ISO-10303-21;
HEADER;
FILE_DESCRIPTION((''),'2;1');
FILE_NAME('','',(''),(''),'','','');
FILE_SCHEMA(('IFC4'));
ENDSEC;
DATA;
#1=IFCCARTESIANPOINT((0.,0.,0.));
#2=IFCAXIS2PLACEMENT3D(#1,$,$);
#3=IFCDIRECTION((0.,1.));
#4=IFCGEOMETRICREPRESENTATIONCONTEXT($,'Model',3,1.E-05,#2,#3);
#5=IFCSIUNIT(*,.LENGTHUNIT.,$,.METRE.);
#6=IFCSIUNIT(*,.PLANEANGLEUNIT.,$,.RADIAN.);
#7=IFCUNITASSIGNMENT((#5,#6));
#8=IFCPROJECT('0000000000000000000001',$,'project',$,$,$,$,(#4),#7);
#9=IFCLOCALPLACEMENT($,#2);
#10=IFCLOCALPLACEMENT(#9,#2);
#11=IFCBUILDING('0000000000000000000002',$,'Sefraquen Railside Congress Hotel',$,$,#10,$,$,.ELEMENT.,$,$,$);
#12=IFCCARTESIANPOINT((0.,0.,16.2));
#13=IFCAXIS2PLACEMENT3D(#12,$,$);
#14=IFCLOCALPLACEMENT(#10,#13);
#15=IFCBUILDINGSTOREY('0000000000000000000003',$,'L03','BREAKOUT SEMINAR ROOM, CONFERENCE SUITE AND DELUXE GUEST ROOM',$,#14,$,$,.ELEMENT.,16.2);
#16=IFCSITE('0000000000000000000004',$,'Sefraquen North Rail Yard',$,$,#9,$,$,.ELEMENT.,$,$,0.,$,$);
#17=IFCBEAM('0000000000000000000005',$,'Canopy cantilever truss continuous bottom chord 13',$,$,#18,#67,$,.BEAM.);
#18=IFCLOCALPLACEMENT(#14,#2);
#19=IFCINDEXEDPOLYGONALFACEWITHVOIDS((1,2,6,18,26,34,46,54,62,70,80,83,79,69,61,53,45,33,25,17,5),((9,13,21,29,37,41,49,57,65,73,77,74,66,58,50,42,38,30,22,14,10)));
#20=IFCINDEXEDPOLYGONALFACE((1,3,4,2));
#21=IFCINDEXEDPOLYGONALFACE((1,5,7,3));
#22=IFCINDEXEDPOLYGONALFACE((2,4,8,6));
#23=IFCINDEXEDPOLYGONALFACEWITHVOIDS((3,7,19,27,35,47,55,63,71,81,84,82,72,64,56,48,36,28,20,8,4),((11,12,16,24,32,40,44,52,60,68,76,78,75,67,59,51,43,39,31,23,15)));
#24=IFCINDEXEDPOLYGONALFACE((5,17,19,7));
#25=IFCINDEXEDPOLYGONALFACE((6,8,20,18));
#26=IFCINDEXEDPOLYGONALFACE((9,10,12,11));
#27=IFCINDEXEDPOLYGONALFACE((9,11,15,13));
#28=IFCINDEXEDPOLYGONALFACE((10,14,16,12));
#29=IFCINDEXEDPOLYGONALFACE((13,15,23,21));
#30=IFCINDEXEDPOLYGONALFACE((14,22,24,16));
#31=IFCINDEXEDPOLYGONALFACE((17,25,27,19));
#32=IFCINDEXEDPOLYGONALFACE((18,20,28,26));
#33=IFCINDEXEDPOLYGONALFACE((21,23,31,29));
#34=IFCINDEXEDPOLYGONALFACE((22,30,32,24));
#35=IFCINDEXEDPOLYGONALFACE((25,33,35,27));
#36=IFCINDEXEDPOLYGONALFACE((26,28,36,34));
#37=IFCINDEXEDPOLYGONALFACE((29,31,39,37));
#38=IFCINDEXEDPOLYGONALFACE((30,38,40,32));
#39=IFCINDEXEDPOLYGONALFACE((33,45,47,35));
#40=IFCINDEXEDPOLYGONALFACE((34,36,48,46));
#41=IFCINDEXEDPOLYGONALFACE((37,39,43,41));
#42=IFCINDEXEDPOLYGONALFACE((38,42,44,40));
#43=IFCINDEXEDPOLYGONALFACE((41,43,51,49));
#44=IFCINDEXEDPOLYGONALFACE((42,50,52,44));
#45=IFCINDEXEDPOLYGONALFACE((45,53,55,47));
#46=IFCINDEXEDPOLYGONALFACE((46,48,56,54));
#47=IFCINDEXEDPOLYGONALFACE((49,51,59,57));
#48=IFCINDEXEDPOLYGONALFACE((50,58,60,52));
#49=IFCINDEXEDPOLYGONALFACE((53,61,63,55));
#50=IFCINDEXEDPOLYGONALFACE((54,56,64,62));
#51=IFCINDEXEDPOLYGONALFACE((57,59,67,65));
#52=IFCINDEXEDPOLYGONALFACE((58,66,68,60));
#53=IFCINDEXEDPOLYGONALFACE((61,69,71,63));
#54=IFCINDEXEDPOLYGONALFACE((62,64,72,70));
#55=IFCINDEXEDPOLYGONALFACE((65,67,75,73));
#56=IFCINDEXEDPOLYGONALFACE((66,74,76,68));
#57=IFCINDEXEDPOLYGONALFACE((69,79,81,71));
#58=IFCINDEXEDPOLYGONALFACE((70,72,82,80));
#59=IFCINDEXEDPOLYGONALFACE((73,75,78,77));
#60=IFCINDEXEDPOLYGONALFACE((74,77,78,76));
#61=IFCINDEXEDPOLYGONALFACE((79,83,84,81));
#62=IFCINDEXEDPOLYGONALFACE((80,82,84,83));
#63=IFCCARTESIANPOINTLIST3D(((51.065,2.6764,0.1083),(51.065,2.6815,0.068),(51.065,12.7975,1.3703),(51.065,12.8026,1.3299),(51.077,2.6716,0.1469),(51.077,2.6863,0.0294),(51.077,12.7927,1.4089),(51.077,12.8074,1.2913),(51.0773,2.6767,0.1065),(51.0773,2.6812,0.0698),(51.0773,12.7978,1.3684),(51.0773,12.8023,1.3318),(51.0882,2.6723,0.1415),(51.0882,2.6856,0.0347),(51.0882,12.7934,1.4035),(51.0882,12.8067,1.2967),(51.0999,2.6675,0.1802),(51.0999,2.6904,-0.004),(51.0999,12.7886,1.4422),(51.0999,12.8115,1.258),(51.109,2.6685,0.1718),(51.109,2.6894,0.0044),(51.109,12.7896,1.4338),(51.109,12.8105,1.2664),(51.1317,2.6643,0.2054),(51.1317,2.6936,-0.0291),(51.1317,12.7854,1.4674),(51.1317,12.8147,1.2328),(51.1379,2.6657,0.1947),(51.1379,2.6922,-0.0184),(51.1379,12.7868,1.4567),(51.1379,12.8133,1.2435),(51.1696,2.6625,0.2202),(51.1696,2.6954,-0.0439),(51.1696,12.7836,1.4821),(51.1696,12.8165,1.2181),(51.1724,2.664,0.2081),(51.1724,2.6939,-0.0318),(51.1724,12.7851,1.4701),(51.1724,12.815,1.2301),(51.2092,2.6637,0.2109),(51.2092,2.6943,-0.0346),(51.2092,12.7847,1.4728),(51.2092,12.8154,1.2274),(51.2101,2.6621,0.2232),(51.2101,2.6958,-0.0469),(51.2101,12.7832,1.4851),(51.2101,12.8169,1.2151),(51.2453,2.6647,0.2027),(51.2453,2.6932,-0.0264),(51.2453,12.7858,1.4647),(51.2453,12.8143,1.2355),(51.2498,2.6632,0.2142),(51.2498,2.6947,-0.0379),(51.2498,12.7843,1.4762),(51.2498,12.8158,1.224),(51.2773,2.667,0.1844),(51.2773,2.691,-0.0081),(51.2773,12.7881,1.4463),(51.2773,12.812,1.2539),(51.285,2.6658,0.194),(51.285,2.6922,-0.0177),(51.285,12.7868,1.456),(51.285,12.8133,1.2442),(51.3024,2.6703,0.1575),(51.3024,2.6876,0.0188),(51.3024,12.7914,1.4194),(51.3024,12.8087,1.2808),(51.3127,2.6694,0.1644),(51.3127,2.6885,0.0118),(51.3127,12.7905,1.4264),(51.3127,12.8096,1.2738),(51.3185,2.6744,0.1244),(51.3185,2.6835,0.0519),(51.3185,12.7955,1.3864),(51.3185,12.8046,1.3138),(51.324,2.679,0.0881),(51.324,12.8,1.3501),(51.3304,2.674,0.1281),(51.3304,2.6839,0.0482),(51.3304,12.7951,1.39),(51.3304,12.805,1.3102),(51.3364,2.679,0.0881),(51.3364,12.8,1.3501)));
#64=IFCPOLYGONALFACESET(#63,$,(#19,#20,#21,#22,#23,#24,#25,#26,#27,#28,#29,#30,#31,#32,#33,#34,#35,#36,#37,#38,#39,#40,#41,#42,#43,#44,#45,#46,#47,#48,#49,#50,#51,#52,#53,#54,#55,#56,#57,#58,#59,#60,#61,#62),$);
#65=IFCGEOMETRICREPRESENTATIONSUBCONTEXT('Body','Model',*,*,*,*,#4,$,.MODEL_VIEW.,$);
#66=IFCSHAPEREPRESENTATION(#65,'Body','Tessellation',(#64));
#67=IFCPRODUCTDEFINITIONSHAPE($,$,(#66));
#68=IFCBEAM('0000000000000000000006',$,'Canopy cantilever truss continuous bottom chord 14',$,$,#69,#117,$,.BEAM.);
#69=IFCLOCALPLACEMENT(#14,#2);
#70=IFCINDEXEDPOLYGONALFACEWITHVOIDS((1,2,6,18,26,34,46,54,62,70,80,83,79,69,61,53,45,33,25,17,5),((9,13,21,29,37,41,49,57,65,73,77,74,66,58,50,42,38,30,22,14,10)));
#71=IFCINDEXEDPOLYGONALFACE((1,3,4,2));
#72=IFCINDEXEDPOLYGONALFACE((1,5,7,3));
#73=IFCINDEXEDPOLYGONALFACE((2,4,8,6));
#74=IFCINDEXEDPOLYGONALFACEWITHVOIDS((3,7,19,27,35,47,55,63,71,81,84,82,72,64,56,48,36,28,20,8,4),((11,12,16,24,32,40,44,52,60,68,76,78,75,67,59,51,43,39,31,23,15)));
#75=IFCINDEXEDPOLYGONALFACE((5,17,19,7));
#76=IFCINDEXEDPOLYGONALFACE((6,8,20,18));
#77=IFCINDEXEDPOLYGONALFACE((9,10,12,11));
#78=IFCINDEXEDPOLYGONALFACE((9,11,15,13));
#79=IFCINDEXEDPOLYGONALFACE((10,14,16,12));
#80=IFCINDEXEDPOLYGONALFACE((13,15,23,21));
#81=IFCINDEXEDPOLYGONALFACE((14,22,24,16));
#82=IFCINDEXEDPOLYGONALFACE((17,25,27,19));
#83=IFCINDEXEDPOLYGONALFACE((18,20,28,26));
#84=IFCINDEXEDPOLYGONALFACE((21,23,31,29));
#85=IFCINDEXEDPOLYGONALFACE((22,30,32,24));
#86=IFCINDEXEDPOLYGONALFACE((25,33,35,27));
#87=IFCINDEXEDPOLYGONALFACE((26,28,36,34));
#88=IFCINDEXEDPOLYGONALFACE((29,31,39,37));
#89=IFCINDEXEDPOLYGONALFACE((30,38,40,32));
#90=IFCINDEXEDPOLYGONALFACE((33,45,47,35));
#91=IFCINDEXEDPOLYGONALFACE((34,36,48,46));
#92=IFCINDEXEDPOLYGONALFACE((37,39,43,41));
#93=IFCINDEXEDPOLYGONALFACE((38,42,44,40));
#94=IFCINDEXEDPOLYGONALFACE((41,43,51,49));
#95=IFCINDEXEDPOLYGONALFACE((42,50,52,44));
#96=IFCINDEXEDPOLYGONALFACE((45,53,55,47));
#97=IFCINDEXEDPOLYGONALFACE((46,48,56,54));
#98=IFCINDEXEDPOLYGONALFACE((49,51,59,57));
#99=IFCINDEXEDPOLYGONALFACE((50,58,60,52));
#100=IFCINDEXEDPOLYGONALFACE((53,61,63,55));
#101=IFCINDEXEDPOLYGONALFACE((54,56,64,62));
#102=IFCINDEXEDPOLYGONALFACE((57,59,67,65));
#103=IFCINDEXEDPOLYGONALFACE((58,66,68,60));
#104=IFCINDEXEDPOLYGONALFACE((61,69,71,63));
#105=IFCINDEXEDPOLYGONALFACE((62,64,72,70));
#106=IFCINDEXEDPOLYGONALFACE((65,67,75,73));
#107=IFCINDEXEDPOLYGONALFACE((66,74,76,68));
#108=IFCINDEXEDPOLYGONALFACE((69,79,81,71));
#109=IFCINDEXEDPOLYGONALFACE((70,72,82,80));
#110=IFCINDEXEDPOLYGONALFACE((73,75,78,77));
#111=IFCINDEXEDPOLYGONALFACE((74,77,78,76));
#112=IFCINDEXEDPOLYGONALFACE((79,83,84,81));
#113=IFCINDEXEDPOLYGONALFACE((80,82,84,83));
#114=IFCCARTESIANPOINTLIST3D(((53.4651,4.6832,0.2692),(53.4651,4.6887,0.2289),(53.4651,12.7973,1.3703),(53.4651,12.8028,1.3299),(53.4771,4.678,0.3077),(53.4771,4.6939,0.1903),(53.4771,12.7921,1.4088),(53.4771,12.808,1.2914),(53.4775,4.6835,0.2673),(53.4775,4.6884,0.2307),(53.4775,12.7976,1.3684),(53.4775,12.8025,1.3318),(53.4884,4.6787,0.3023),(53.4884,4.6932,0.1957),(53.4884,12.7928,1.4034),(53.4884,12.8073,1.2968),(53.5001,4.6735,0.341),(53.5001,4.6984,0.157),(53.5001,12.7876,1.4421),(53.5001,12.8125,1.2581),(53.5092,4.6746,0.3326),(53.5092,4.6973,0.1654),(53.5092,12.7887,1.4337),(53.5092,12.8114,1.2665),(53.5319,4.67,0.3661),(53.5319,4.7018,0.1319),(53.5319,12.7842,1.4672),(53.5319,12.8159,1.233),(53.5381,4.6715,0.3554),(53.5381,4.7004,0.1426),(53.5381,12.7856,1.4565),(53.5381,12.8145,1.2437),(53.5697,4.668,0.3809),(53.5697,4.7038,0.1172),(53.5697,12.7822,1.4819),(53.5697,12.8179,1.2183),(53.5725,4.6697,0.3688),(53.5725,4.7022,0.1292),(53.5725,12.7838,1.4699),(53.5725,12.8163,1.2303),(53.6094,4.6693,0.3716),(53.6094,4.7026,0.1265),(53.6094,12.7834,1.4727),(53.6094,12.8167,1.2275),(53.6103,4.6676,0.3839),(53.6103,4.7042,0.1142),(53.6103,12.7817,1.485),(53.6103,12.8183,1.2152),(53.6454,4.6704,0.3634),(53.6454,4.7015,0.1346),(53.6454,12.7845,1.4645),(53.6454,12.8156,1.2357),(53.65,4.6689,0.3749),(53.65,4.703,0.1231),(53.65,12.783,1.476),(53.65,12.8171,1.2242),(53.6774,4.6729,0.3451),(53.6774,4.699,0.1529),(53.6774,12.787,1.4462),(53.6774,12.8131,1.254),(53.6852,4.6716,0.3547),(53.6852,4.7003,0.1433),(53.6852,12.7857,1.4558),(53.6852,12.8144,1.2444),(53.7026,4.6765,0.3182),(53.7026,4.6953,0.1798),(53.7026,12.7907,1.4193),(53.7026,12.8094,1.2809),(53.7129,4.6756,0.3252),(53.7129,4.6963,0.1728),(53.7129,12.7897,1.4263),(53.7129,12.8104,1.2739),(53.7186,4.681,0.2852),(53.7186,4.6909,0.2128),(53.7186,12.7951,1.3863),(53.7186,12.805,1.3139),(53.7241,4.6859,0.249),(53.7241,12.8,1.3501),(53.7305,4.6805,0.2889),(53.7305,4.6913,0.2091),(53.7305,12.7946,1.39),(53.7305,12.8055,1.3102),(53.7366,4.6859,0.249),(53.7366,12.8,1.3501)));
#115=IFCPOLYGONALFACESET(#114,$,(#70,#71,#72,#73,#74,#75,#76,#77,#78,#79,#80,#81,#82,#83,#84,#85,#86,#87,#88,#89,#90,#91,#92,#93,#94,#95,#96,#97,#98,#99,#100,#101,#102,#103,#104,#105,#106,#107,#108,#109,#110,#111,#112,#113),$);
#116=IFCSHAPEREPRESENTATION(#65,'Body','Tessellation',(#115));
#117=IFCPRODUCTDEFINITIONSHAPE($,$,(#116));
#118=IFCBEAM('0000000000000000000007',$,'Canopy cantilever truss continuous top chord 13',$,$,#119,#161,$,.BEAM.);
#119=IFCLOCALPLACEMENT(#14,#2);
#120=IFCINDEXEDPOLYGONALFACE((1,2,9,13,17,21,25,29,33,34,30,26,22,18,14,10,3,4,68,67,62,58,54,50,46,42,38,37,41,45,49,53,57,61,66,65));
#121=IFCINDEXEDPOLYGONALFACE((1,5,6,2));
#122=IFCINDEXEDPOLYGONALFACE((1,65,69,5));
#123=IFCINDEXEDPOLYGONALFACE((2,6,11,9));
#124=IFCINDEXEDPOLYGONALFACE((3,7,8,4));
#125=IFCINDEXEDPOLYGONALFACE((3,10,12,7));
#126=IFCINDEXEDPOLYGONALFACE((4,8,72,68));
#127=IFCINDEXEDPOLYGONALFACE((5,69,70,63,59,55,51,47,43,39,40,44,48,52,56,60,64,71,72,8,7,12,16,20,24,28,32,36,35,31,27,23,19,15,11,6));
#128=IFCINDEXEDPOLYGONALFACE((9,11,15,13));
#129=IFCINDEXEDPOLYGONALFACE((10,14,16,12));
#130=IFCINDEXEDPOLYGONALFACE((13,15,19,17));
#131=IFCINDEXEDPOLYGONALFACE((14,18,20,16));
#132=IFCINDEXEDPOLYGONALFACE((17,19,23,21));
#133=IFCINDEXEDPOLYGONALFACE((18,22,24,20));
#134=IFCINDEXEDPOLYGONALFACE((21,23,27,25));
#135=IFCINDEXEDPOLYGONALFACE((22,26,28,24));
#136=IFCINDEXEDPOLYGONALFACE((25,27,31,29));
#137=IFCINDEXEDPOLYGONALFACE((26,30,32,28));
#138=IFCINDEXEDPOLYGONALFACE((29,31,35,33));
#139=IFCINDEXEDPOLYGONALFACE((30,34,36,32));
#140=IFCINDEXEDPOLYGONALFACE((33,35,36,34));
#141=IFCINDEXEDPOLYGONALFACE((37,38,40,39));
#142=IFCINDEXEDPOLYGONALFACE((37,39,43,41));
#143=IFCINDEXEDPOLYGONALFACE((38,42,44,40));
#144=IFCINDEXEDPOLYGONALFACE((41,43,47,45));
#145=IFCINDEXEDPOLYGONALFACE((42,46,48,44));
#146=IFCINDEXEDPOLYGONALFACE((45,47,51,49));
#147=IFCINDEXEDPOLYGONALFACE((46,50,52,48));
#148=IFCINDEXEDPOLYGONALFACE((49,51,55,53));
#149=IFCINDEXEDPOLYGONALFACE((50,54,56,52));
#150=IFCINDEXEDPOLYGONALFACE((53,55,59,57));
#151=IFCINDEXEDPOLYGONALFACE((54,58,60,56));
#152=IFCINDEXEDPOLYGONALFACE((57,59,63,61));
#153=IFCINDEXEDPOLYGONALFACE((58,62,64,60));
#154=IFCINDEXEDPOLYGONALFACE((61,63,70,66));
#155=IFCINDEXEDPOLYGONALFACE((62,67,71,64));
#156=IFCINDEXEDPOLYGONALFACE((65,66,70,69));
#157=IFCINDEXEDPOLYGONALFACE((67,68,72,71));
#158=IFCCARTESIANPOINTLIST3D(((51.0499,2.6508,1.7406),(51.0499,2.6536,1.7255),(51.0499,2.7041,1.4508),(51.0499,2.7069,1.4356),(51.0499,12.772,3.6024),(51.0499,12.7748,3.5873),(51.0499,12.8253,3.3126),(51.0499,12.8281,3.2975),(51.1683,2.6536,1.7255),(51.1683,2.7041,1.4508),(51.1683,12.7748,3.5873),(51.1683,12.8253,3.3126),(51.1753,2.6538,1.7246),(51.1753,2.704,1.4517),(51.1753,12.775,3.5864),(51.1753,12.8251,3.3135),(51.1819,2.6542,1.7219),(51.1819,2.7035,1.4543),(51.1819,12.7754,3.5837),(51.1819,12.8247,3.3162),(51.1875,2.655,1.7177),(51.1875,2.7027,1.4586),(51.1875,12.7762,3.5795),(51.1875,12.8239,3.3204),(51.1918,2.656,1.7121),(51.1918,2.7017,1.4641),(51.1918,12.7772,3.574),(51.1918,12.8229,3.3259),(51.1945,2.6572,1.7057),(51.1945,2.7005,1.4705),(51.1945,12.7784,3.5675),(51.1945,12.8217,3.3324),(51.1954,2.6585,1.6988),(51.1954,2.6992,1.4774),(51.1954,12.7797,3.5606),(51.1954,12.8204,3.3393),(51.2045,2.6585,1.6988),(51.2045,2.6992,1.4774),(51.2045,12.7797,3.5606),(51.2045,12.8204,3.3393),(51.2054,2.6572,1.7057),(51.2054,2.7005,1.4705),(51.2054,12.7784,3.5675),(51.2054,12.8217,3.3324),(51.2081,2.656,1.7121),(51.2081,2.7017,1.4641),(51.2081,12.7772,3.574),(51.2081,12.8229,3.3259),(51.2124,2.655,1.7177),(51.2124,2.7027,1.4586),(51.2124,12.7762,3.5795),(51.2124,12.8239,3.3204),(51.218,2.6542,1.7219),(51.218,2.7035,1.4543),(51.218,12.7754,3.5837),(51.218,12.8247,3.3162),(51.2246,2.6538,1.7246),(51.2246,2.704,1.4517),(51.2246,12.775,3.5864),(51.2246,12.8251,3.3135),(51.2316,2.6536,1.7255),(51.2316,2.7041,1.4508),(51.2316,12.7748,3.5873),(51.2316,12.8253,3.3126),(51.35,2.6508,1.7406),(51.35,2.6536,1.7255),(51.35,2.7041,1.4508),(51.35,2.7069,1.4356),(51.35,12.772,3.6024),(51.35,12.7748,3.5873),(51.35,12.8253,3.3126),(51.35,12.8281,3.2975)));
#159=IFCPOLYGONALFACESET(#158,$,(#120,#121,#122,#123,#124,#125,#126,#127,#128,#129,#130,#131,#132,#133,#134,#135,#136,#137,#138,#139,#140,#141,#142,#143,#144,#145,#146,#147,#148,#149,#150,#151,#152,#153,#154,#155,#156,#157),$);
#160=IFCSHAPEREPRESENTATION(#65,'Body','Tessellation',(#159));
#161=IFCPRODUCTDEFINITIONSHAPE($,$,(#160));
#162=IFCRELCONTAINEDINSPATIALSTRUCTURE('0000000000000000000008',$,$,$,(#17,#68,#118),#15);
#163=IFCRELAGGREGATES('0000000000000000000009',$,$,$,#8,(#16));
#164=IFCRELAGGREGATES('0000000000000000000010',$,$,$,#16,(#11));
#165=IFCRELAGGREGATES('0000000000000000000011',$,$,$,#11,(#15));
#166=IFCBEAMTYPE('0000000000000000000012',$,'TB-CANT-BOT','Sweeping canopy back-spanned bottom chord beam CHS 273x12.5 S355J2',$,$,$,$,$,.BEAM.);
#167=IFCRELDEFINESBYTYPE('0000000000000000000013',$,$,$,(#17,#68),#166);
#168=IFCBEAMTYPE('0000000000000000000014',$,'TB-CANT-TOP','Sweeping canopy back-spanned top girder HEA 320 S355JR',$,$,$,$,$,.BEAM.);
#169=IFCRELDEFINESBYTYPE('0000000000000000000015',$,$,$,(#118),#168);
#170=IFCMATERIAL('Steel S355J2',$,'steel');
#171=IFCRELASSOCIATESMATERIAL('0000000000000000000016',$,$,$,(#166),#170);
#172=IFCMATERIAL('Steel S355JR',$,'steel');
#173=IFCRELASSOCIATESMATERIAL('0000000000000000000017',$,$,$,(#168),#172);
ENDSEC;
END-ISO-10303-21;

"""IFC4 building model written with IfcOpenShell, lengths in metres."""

from ifc_helpers import new_model, si_unit, direction, frame, origin, origin_2d, place, context, subcontext, project, spatial, hollow_circle, i_section, extrude, material, material_profile, profile_set, type_object, element, save


model = new_model("IFC4")

# Units and contexts
model_context = context("Model", 3, precision=1e-05, world=origin(), true_north=direction((0.0, 1.0)))
body_context = subcontext(model_context, "Body", "Model", "MODEL_VIEW")
ifc_project = project(units=[si_unit("LENGTHUNIT", "METRE"), si_unit("PLANEANGLEUNIT", "RADIAN")], contexts=[model_context])

# Site, building, storey
site_placement = place(None, origin())
site = spatial("IfcSite", under=ifc_project, at=site_placement, Name="Sefraquen North Rail Yard", CompositionType="ELEMENT", RefElevation=0.0)
building_placement = place(site_placement, origin())
building = spatial("IfcBuilding", under=site, at=building_placement, Name="Sefraquen Railside Congress Hotel", CompositionType="ELEMENT")
storey_placement = place(building_placement, frame((0.0, 0.0, 16.2)))
storey = spatial("IfcBuildingStorey", under=building, at=storey_placement, Name="L03", Description="BREAKOUT SEMINAR ROOM, CONFERENCE SUITE AND DELUXE GUEST ROOM", CompositionType="ELEMENT", Elevation=16.2)

# Shared definitions
ifc_material_1 = material(Name="Steel S355JR", Category="steel")

# Beams
ifc_material_2 = material(Name="Steel S355J2", Category="steel")
ifc_material_profile_1 = material_profile(ifc_material_2, hollow_circle(Radius=0.1365, WallThickness=0.0125, at=origin_2d()), Name="CHS 273x12.5")
ifc_profile_set_1 = profile_set([ifc_material_profile_1], Name="Steel S355J2")
beam_type_1 = type_object("IfcBeamType", Name="TB-CANT-BOT", Description="Sweeping canopy back-spanned bottom chord beam CHS 273x12.5 S355J2", PredefinedType="BEAM", material=ifc_profile_set_1)
beam_1_placement = place(storey_placement, frame((51.2, 12.8, 1.3501), z_axis=(0.0, -0.992316, -0.123728), x_axis=(1.0, 0.0, 0.0)))
element("IfcBeam", 1, at=beam_1_placement, inside=storey, type_object=beam_type_1, Name="Canopy cantilever truss continuous bottom chord 13", PredefinedType="BEAM", context=body_context, shape_type="SweptSolid", body=[
    extrude(hollow_circle(Radius=0.1365, WallThickness=0.0125, at=origin_2d()), origin(), (0.0, 0.0, 1.0), 10.1995),
])
beam_2_placement = place(storey_placement, frame((53.6001, 12.8, 1.3501), z_axis=(0.0, -0.990918, -0.134468), x_axis=(1.0, 0.0, 0.0)))
element("IfcBeam", 2, at=beam_2_placement, inside=storey, type_object=beam_type_1, Name="Canopy cantilever truss continuous bottom chord 14", PredefinedType="BEAM", context=body_context, shape_type="SweptSolid", body=[
    extrude(hollow_circle(Radius=0.1365, WallThickness=0.0125, at=origin_2d()), origin(), (0.0, 0.0, 1.0), 8.1885),
])
ifc_material_profile_2 = material_profile(ifc_material_1, i_section(OverallWidth=0.3, OverallDepth=0.3101, WebThickness=0.009, FlangeThickness=0.0154, FilletRadius=0.0271, at=origin_2d()), Name="HEA 320")
ifc_profile_set_2 = profile_set([ifc_material_profile_2], Name="Steel S355JR")
beam_type_2 = type_object("IfcBeamType", Name="TB-CANT-TOP", Description="Sweeping canopy back-spanned top girder HEA 320 S355JR", PredefinedType="BEAM", material=ifc_profile_set_2)
beam_3_placement = place(storey_placement, frame((51.2, 12.8, 3.45), z_axis=(0.0, -0.983498, -0.180918), x_axis=(1.0, 0.0, 0.0)))
element("IfcBeam", 3, at=beam_3_placement, inside=storey, type_object=beam_type_2, Name="Canopy cantilever truss continuous top chord 13", PredefinedType="BEAM", context=body_context, shape_type="SweptSolid", body=[
    extrude(i_section(OverallWidth=0.3, OverallDepth=0.3101, WebThickness=0.009, FlangeThickness=0.0154, FilletRadius=0.0271, at=origin_2d()), origin(), (0.0, 0.0, 1.0), 10.291),
])

save(model, "model.ifc")
